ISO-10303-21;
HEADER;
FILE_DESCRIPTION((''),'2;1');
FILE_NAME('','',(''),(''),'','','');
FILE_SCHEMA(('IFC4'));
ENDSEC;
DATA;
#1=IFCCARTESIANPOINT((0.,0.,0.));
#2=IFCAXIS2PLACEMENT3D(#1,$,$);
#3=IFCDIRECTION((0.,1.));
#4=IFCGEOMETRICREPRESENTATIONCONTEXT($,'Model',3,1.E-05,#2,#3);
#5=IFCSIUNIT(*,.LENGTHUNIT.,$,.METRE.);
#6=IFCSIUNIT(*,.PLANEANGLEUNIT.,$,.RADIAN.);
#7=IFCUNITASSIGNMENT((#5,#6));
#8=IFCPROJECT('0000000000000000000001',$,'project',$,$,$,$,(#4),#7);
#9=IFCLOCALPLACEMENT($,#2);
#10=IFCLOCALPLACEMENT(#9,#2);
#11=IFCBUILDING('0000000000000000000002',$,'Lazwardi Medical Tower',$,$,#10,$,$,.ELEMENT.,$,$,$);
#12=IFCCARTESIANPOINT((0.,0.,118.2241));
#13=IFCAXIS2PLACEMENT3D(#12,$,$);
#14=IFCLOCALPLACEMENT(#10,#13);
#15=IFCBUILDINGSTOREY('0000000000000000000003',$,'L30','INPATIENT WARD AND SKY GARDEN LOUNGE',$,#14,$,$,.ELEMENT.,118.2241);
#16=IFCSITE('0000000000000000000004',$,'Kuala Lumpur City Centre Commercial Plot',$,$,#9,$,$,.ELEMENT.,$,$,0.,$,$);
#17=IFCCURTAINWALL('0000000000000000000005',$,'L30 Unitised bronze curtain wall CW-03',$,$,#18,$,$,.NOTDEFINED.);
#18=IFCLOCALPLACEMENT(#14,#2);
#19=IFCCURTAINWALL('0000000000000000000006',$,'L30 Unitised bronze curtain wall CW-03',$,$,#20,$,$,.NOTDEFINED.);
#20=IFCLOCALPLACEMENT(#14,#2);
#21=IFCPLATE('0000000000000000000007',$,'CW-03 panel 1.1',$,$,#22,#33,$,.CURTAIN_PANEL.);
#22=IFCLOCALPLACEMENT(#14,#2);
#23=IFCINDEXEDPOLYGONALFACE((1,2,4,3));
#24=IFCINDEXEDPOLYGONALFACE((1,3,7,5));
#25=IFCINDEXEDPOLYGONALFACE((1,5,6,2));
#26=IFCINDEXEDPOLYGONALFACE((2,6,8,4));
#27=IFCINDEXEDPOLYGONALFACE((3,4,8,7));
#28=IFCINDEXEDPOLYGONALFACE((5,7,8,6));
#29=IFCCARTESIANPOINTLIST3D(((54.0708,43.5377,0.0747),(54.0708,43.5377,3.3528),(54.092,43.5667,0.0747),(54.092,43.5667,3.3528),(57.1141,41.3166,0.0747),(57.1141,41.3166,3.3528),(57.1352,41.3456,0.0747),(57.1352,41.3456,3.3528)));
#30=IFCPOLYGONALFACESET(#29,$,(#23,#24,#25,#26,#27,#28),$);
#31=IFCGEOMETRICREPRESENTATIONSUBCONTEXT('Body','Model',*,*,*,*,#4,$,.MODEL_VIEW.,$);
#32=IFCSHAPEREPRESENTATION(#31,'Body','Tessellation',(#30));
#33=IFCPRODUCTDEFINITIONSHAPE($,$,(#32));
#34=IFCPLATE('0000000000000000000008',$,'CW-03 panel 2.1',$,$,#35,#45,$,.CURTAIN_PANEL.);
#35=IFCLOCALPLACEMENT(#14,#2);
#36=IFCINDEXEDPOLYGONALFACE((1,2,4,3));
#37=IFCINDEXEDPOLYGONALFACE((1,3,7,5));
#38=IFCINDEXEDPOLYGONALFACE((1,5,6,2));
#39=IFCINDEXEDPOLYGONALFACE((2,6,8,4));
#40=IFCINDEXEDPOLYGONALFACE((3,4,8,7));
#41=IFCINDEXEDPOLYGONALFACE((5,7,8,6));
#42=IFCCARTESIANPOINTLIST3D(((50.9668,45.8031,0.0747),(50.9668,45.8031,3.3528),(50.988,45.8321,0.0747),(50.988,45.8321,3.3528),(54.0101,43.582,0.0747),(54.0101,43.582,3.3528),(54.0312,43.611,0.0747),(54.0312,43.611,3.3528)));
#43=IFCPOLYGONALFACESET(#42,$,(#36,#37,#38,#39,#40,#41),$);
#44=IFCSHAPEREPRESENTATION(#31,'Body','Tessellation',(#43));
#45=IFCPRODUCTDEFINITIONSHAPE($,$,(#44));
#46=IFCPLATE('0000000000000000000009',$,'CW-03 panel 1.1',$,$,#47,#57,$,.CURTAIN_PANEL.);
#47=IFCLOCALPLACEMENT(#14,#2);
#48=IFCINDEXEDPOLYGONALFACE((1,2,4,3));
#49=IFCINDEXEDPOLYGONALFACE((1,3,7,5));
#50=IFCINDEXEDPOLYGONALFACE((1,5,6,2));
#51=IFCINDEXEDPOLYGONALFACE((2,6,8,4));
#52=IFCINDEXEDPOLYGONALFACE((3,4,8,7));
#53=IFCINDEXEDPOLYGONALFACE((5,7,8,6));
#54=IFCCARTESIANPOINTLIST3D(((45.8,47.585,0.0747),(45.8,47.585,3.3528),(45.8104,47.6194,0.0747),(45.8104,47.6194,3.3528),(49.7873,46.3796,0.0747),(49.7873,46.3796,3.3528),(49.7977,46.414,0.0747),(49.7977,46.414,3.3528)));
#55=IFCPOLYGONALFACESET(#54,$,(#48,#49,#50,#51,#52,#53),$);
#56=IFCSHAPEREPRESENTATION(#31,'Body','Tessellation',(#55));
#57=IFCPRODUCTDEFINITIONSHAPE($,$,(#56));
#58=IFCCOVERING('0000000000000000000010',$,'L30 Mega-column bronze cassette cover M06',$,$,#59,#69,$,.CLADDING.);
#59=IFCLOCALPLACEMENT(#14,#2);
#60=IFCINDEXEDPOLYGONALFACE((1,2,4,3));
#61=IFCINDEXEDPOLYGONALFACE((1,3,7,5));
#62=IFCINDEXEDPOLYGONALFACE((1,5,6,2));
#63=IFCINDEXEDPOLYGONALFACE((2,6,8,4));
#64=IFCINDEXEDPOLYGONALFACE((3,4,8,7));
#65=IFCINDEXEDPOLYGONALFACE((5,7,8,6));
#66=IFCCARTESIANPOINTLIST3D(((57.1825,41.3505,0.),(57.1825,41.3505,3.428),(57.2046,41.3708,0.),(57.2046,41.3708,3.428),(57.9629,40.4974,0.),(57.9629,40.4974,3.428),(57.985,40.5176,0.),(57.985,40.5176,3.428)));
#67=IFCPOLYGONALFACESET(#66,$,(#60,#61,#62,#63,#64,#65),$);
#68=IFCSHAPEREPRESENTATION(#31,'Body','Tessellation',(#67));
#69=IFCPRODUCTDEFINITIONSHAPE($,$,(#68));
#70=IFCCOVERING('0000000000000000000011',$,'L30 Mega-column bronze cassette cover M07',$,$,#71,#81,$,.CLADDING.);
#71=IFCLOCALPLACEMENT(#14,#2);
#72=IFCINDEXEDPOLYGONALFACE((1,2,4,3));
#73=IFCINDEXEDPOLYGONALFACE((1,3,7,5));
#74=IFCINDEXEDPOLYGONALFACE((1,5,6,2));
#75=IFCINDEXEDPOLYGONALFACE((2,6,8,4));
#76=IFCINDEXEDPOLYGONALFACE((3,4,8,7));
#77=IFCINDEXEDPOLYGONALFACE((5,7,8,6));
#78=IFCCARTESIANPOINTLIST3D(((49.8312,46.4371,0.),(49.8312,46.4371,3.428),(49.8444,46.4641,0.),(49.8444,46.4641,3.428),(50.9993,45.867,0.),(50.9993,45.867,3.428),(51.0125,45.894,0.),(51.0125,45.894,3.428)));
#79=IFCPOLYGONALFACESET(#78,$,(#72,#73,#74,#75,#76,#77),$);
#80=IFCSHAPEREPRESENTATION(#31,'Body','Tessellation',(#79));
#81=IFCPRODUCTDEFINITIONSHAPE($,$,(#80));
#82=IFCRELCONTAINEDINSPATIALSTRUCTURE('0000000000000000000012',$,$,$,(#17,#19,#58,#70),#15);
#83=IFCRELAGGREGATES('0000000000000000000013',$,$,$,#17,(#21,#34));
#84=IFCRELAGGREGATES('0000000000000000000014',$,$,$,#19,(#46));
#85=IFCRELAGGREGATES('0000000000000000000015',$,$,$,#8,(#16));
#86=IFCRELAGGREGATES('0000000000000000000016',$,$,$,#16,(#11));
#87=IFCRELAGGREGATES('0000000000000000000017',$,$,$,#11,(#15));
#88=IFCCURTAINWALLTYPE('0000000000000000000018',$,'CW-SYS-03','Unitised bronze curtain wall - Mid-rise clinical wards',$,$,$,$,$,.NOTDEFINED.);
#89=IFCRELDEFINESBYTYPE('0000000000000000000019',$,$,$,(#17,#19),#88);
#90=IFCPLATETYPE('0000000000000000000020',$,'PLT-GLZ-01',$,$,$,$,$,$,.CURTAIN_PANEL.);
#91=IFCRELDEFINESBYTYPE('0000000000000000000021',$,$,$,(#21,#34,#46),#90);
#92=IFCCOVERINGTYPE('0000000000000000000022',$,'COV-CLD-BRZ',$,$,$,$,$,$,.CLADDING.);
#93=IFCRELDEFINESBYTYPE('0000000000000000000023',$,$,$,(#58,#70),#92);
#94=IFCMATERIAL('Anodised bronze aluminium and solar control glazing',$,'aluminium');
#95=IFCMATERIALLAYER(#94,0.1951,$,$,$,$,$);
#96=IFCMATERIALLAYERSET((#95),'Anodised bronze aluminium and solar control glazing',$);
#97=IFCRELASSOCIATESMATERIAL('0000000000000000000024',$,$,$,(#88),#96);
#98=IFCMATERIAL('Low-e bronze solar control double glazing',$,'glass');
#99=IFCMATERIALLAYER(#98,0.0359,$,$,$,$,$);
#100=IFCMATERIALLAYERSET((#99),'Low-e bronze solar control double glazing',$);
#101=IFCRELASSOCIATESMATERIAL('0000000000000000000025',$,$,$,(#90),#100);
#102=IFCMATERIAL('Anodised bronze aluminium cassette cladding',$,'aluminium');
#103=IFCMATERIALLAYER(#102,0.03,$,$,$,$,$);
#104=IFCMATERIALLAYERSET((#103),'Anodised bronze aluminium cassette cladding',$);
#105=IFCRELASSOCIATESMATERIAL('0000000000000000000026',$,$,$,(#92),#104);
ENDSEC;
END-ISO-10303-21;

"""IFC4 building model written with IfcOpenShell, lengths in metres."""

from ifc_helpers import new_model, si_unit, direction, frame, origin, origin_2d, place, context, subcontext, project, spatial, rectangle, extrude, material, layer, layer_set, type_object, element, aggregate, save


model = new_model("IFC4")

# Units and contexts
model_context = context("Model", 3, precision=1e-05, world=origin(), true_north=direction((0.0, 1.0)))
body_context = subcontext(model_context, "Body", "Model", "MODEL_VIEW")
ifc_project = project(units=[si_unit("LENGTHUNIT", "METRE"), si_unit("PLANEANGLEUNIT", "RADIAN")], contexts=[model_context])

# Site, building, storey
site_placement = place(None, origin())
site = spatial("IfcSite", under=ifc_project, at=site_placement, Name="Kuala Lumpur City Centre Commercial Plot", CompositionType="ELEMENT", RefElevation=0.0)
building_placement = place(site_placement, origin())
building = spatial("IfcBuilding", under=site, at=building_placement, Name="Lazwardi Medical Tower", CompositionType="ELEMENT")
storey_placement = place(building_placement, frame((0.0, 0.0, 118.2241)))
storey = spatial("IfcBuildingStorey", under=building, at=storey_placement, Name="L30", Description="INPATIENT WARD AND SKY GARDEN LOUNGE", CompositionType="ELEMENT", Elevation=118.2241)

# Shared definitions
ifc_material_1 = material(Name="Anodised bronze aluminium and solar control glazing", Category="aluminium")
ifc_layer_1 = layer(ifc_material_1, 0.1951)
ifc_layer_set_1 = layer_set([ifc_layer_1], Name="Anodised bronze aluminium and solar control glazing")
curtain_wall_type = type_object("IfcCurtainWallType", Name="CW-SYS-03", Description="Unitised bronze curtain wall - Mid-rise clinical wards", PredefinedType="NOTDEFINED", material=ifc_layer_set_1)

# Curtain wall
curtain_wall_1_placement = place(storey_placement, origin())
curtain_wall_1 = element("IfcCurtainWall", 1, at=curtain_wall_1_placement, inside=storey, type_object=curtain_wall_type, Name="L30 Unitised bronze curtain wall CW-03", PredefinedType="NOTDEFINED")

# Curtain wall
curtain_wall_2_placement = place(storey_placement, origin())
curtain_wall_2 = element("IfcCurtainWall", 2, at=curtain_wall_2_placement, inside=storey, type_object=curtain_wall_type, Name="L30 Unitised bronze curtain wall CW-03", PredefinedType="NOTDEFINED")

# Plates
ifc_material_2 = material(Name="Low-e bronze solar control double glazing", Category="glass")
ifc_layer_2 = layer(ifc_material_2, 0.0359)
ifc_layer_set_2 = layer_set([ifc_layer_2], Name="Low-e bronze solar control double glazing")
plate_type = type_object("IfcPlateType", Name="PLT-GLZ-01", PredefinedType="CURTAIN_PANEL", material=ifc_layer_set_2)
plate_1_placement = place(storey_placement, frame((55.603, 42.4417, 0.0747), z_axis=(0.0, 0.0, 1.0), x_axis=(-0.807746, 0.589531, 0.0)))
plate_1 = element("IfcPlate", 3, at=plate_1_placement, type_object=plate_type, Name="CW-03 panel 1.1", PredefinedType="CURTAIN_PANEL", context=body_context, shape_type="SweptSolid", body=[
    extrude(rectangle(XDim=3.7676, YDim=0.0359, at=origin_2d()), origin(), (0.0, 0.0, 1.0), 3.2781),
])
plate_2_placement = place(storey_placement, frame((52.499, 44.707, 0.0747), z_axis=(0.0, 0.0, 1.0), x_axis=(-0.807746, 0.589531, 0.0)))
plate_2 = element("IfcPlate", 4, at=plate_2_placement, type_object=plate_type, Name="CW-03 panel 2.1", PredefinedType="CURTAIN_PANEL", context=body_context, shape_type="SweptSolid", body=[
    extrude(rectangle(XDim=3.7676, YDim=0.0359, at=origin_2d()), origin(), (0.0, 0.0, 1.0), 3.2781),
])
aggregate(curtain_wall_1, [plate_1, plate_2])
plate_3_placement = place(storey_placement, frame((47.7988, 46.9995, 0.0747), z_axis=(0.0, 0.0, 1.0), x_axis=(-0.957216, 0.289374, 0.0)))
plate_3 = element("IfcPlate", 5, at=plate_3_placement, type_object=plate_type, Name="CW-03 panel 1.1", PredefinedType="CURTAIN_PANEL", context=body_context, shape_type="SweptSolid", body=[
    extrude(rectangle(XDim=4.1655, YDim=0.0359, at=origin_2d()), origin(), (0.0, 0.0, 1.0), 3.2781),
])
aggregate(curtain_wall_2, [plate_3])

# Coverings
ifc_material_3 = material(Name="Anodised bronze aluminium cassette cladding", Category="aluminium")
ifc_layer_3 = layer(ifc_material_3, 0.03)
ifc_layer_set_3 = layer_set([ifc_layer_3], Name="Anodised bronze aluminium cassette cladding")
covering_type = type_object("IfcCoveringType", Name="COV-CLD-BRZ", PredefinedType="CLADDING", material=ifc_layer_set_3)
covering_1_placement = place(storey_placement, frame((57.5837, 40.9341, 0.0), z_axis=(0.0, 0.0, 1.0), x_axis=(-0.674926, 0.737885, 0.0)))
element("IfcCovering", 6, at=covering_1_placement, inside=storey, type_object=covering_type, Name="L30 Mega-column bronze cassette cover M06", PredefinedType="CLADDING", context=body_context, shape_type="SweptSolid", body=[
    extrude(rectangle(XDim=1.1562, YDim=0.03, at=origin_2d()), origin(), (0.0, 0.0, 1.0), 3.428),
])
covering_2_placement = place(storey_placement, frame((50.4219, 46.1655, 0.0), z_axis=(0.0, 0.0, 1.0), x_axis=(-0.898679, 0.438606, 0.0)))
element("IfcCovering", 7, at=covering_2_placement, inside=storey, type_object=covering_type, Name="L30 Mega-column bronze cassette cover M07", PredefinedType="CLADDING", context=body_context, shape_type="SweptSolid", body=[
    extrude(rectangle(XDim=1.2998, YDim=0.03, at=origin_2d()), origin(), (0.0, 0.0, 1.0), 3.428),
])

save(model, "model.ifc")
